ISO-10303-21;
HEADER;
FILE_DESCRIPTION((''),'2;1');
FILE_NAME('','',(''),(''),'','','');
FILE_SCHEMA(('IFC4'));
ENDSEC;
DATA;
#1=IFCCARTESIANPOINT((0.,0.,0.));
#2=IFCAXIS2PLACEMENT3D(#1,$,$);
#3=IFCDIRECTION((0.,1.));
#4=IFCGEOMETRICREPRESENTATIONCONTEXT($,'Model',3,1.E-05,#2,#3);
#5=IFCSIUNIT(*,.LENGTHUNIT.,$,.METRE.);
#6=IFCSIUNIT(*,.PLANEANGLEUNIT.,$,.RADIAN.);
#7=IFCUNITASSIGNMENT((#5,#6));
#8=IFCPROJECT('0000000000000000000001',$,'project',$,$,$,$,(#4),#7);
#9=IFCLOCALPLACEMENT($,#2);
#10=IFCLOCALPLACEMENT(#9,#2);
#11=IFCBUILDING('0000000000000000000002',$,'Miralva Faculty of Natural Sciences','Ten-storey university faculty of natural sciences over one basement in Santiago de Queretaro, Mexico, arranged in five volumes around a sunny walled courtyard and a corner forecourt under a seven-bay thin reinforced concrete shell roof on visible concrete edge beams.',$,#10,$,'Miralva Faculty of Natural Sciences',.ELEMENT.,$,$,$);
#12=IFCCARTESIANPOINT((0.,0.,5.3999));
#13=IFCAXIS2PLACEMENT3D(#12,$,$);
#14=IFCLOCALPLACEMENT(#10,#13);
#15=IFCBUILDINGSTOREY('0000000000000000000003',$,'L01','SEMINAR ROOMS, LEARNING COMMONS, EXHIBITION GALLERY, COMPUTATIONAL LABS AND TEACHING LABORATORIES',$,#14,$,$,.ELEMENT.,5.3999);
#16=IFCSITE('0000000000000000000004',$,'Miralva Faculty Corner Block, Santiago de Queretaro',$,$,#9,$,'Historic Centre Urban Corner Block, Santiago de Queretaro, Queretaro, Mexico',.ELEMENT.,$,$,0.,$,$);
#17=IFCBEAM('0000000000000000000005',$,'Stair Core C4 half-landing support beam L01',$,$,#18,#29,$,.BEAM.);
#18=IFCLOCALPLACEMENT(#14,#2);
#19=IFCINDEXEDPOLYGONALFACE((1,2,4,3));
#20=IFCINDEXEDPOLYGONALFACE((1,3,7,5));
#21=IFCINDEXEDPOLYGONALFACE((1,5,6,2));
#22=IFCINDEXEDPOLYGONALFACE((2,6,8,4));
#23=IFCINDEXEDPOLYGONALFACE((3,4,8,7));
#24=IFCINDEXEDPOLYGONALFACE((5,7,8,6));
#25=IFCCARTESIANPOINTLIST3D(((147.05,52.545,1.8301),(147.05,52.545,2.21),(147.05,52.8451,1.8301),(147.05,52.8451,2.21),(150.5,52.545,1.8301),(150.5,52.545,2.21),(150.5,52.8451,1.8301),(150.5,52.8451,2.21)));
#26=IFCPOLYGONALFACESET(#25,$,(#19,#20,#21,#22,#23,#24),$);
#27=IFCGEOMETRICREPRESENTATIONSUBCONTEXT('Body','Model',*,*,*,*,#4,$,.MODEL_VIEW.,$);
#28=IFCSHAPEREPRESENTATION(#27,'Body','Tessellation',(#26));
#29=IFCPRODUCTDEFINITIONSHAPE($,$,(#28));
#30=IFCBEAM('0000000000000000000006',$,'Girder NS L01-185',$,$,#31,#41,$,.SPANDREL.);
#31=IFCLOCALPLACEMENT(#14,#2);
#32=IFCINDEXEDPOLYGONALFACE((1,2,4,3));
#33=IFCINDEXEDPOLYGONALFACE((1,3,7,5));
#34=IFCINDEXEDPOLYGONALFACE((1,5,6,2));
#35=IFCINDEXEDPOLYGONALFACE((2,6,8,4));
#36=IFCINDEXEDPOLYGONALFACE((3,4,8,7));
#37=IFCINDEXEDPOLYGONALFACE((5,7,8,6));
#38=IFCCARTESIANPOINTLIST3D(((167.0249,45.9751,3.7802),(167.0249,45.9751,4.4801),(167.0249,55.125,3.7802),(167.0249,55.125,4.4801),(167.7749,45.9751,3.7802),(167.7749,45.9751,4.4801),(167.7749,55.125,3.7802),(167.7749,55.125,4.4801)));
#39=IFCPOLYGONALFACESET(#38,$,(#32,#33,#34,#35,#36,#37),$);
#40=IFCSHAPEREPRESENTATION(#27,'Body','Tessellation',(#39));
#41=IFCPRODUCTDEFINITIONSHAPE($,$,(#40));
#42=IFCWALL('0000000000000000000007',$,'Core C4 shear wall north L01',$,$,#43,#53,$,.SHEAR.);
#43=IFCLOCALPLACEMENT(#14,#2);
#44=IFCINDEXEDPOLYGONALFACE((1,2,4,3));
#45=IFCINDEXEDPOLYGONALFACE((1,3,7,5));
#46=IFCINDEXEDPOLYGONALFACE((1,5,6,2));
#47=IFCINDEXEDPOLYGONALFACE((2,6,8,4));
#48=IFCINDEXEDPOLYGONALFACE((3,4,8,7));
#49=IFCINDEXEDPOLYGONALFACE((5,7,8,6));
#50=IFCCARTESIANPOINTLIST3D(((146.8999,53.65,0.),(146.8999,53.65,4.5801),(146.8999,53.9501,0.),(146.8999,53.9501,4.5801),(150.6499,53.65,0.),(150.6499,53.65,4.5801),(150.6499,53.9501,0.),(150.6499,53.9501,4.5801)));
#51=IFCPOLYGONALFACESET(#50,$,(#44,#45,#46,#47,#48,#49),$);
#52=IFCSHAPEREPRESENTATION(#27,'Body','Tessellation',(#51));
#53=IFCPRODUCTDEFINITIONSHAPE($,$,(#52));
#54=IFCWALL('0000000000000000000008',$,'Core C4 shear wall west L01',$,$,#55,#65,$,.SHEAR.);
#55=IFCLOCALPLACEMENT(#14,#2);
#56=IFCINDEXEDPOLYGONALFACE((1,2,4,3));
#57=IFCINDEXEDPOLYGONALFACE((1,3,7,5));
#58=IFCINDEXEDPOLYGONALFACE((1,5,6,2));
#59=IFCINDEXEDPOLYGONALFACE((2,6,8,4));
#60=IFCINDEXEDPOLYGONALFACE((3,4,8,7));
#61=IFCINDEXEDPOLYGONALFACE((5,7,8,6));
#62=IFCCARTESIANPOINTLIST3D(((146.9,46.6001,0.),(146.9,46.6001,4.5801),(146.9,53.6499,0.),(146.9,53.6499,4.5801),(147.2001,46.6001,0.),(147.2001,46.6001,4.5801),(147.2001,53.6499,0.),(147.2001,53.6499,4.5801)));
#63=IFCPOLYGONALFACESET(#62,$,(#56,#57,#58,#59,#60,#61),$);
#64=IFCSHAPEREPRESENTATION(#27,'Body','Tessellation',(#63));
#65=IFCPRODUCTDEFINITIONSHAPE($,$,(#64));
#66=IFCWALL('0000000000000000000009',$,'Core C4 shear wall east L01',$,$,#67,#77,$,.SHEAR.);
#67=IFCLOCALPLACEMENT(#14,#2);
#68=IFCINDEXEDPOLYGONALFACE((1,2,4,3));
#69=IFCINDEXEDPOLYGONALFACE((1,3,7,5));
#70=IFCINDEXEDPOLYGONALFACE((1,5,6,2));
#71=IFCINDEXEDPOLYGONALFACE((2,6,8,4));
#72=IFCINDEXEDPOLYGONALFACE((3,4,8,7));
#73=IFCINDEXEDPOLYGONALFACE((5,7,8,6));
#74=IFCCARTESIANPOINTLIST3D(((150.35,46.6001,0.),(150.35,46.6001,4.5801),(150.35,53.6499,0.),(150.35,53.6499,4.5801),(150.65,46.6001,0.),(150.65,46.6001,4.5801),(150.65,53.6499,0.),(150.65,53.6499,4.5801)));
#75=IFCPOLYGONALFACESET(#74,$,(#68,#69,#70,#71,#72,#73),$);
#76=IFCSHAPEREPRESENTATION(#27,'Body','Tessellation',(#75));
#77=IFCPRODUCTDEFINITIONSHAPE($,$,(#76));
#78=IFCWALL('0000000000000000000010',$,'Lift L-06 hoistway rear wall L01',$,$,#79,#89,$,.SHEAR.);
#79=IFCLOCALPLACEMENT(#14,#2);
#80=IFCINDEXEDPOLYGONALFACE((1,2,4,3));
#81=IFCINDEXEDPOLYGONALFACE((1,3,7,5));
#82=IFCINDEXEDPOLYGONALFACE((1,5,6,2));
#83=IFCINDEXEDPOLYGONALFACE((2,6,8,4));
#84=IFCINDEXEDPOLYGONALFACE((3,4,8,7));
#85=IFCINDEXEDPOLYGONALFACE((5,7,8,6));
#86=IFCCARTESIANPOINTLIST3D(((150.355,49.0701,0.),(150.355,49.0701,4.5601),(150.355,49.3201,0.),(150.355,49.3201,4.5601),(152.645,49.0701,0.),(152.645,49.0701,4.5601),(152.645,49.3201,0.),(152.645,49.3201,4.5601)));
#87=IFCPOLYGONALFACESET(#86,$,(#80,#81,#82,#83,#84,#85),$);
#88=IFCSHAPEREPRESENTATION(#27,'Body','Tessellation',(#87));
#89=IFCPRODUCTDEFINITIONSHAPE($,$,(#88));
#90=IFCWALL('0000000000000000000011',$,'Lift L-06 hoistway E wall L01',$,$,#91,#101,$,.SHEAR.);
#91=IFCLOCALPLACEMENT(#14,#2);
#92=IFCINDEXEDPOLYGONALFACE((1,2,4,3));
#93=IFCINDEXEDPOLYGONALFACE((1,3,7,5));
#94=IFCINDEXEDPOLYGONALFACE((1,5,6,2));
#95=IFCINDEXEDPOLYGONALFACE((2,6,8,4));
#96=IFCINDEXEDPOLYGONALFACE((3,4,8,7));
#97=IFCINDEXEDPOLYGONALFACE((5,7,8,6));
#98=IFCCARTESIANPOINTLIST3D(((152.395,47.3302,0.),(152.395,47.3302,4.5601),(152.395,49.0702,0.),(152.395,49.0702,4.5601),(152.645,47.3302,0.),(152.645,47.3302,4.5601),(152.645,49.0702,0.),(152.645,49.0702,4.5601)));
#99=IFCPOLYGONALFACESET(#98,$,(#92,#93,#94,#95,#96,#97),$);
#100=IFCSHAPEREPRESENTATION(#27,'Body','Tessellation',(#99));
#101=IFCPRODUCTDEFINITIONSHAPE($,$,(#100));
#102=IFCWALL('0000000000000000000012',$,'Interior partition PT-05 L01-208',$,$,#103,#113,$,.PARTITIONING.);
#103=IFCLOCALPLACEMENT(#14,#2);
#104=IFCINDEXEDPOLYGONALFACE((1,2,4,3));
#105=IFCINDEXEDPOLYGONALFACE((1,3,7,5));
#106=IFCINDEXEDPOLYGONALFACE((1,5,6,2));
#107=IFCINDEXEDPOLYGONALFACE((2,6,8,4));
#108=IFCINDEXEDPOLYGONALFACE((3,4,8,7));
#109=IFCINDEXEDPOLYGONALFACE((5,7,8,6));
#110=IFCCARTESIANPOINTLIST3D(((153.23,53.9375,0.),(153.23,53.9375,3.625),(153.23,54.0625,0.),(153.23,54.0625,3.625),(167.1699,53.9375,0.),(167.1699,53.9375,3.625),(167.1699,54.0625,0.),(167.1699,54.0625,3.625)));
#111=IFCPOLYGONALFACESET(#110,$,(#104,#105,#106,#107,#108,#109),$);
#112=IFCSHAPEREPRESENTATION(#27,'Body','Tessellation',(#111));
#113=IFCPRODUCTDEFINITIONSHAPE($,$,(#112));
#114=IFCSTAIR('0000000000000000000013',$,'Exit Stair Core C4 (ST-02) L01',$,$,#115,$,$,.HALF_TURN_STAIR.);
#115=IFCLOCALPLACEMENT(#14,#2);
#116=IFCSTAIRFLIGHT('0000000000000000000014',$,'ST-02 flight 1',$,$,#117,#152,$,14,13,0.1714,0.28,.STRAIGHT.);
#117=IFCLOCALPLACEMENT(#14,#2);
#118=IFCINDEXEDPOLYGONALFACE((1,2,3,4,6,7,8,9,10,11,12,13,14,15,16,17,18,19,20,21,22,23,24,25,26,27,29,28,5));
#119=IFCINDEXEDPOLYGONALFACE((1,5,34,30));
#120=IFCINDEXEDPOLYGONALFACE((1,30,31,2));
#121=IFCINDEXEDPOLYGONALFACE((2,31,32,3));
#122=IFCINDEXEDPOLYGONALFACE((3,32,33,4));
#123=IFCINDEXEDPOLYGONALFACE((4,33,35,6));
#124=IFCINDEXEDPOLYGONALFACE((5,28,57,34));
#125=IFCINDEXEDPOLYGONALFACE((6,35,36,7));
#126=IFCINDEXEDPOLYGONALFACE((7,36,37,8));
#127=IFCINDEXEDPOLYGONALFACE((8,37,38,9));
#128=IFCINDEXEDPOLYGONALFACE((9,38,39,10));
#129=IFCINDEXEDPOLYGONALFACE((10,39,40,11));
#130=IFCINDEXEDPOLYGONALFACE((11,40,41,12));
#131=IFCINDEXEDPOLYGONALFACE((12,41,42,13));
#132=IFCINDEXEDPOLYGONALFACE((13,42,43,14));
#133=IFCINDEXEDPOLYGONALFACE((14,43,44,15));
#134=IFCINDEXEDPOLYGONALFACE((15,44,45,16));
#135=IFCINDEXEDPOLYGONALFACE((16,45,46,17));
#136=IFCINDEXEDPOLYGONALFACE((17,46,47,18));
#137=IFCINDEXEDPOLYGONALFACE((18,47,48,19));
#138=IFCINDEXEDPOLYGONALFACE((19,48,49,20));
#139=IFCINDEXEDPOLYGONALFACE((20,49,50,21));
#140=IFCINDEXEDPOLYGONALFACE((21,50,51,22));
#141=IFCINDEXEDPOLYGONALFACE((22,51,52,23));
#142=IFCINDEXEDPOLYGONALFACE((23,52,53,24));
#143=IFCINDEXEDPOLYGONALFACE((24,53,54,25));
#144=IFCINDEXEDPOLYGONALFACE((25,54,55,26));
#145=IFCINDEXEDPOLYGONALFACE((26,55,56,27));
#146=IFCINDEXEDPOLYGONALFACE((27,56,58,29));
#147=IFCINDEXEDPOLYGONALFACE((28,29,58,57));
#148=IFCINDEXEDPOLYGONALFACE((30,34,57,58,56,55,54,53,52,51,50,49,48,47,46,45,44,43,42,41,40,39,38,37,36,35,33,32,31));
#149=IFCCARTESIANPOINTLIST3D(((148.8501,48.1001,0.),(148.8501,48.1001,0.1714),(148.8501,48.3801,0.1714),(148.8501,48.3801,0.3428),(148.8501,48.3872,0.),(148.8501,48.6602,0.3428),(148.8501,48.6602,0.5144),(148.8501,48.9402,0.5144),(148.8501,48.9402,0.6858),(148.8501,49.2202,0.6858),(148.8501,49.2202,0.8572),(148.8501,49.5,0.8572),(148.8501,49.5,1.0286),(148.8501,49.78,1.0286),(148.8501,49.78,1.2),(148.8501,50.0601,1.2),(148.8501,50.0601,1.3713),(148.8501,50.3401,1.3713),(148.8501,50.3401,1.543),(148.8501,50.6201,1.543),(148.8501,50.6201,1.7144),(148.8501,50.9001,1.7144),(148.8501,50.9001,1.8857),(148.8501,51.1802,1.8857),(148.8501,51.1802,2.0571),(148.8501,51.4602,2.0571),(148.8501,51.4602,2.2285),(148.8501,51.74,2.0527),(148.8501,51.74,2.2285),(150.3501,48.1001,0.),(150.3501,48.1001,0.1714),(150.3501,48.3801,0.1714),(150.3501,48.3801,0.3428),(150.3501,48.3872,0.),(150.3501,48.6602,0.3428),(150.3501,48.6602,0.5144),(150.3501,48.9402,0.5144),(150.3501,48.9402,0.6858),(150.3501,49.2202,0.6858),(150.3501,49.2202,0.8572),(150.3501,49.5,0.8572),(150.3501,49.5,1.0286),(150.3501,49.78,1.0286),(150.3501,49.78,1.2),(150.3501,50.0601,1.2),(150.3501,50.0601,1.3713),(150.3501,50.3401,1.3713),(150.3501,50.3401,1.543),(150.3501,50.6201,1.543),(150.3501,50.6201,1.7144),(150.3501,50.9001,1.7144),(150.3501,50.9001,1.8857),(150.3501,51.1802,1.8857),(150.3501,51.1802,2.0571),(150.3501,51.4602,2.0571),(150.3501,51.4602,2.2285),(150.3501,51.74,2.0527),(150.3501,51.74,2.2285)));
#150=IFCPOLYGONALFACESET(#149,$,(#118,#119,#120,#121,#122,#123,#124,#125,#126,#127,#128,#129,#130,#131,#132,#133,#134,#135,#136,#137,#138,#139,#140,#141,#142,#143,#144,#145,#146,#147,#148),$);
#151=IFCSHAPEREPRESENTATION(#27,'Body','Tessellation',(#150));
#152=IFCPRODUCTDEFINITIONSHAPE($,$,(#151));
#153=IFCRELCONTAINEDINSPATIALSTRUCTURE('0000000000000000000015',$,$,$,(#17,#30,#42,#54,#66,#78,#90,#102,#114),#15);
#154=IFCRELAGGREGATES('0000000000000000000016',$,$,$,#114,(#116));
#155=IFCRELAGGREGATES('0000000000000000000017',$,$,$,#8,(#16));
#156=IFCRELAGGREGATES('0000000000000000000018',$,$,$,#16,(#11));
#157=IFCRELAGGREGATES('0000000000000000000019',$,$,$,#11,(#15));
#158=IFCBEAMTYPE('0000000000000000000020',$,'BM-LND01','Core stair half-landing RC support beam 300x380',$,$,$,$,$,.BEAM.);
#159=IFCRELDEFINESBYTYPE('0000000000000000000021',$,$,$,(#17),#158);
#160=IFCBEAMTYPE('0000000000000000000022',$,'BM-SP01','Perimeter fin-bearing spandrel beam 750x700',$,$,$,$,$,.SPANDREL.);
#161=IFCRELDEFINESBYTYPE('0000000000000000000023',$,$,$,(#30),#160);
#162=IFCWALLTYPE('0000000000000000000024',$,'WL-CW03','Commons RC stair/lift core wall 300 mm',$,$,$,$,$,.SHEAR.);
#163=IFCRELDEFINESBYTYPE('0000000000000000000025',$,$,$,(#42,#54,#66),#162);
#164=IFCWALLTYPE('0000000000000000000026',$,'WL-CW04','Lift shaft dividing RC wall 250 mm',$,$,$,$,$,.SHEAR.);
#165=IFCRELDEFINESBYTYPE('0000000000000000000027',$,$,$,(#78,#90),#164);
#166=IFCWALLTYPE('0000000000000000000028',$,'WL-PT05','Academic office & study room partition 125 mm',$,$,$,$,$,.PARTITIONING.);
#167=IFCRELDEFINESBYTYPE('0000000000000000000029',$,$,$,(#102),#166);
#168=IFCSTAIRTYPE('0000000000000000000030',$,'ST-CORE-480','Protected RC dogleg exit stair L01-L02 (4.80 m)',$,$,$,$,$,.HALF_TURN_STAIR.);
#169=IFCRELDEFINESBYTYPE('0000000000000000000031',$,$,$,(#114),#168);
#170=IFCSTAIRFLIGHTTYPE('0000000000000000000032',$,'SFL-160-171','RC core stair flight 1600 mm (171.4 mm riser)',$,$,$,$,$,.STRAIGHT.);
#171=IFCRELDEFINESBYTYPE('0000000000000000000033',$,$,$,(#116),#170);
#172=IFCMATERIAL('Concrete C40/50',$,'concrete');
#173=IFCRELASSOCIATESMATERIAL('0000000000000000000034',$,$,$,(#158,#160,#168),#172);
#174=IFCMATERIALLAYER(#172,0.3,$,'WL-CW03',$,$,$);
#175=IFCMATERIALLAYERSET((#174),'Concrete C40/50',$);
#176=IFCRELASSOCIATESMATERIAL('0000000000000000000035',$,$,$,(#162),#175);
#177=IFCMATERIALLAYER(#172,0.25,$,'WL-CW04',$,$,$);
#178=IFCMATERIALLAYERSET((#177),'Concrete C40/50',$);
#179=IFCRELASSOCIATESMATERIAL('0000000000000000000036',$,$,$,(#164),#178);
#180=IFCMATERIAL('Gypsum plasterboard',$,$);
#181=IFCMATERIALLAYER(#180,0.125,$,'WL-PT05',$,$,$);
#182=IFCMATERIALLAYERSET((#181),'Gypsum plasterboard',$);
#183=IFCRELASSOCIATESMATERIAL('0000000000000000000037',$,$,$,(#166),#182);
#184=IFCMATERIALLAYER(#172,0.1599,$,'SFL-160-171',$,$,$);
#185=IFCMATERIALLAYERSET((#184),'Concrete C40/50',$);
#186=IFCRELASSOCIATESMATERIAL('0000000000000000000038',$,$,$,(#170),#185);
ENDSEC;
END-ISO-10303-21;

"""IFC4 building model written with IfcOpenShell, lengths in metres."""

from ifc_helpers import new_model, si_unit, direction, frame, frame_2d, origin, origin_2d, place, context, subcontext, project, spatial, polyline, rectangle, outline, extrude, material, layer, layer_set, material_profile, profile_set, type_object, element, aggregate, save


model = new_model("IFC4")

# Units and contexts
model_context = context("Model", 3, precision=1e-05, world=origin(), true_north=direction((0.0, 1.0)))
body_context = subcontext(model_context, "Body", "Model", "MODEL_VIEW")
ifc_project = project(units=[si_unit("LENGTHUNIT", "METRE"), si_unit("PLANEANGLEUNIT", "RADIAN")], contexts=[model_context])

# Site, building, storey
site_placement = place(None, origin())
site = spatial("IfcSite", under=ifc_project, at=site_placement, Name="Miralva Faculty Corner Block, Santiago de Queretaro", LongName="Historic Centre Urban Corner Block, Santiago de Queretaro, Queretaro, Mexico", CompositionType="ELEMENT", RefElevation=0.0)
building_placement = place(site_placement, origin())
building = spatial("IfcBuilding", under=site, at=building_placement, Name="Miralva Faculty of Natural Sciences", Description="Ten-storey university faculty of natural sciences over one basement in Santiago de Queretaro, Mexico, arranged in five volumes around a sunny walled courtyard and a corner forecourt under a seven-bay thin reinforced concrete shell roof on visible concrete edge beams.", LongName="Miralva Faculty of Natural Sciences", CompositionType="ELEMENT")
storey_placement = place(building_placement, frame((0.0, 0.0, 5.3999)))
storey = spatial("IfcBuildingStorey", under=building, at=storey_placement, Name="L01", Description="SEMINAR ROOMS, LEARNING COMMONS, EXHIBITION GALLERY, COMPUTATIONAL LABS AND TEACHING LABORATORIES", CompositionType="ELEMENT", Elevation=5.3999)

# Beams
ifc_material_1 = material(Name="Concrete C40/50", Category="concrete")
ifc_material_profile_1 = material_profile(ifc_material_1, rectangle(XDim=0.3, YDim=0.3799, at=origin_2d()), Name="RC 300x380")
ifc_profile_set_1 = profile_set([ifc_material_profile_1], Name="Concrete C40/50")
beam_type_1 = type_object("IfcBeamType", Name="BM-LND01", Description="Core stair half-landing RC support beam 300x380", PredefinedType="BEAM", material=ifc_profile_set_1)
beam_1_placement = place(storey_placement, frame((147.05, 52.6951, 2.02), z_axis=(1.0, 0.0, 0.0), x_axis=(0.0, 1.0, 0.0)))
element("IfcBeam", 1, at=beam_1_placement, inside=storey, type_object=beam_type_1, Name="Stair Core C4 half-landing support beam L01", PredefinedType="BEAM", context=body_context, shape_type="SweptSolid", body=[
    extrude(rectangle(XDim=0.3, YDim=0.3799, at=origin_2d()), origin(), (0.0, 0.0, 1.0), 3.45),
])
ifc_material_profile_2 = material_profile(ifc_material_1, rectangle(XDim=0.75, YDim=0.7, at=origin_2d()), Name="RC 750x700")
ifc_profile_set_2 = profile_set([ifc_material_profile_2], Name="Concrete C40/50")
beam_type_2 = type_object("IfcBeamType", Name="BM-SP01", Description="Perimeter fin-bearing spandrel beam 750x700", PredefinedType="SPANDREL", material=ifc_profile_set_2)
beam_2_placement = place(storey_placement, frame((167.3999, 45.9751, 4.1301), z_axis=(0.0, 1.0, 0.0), x_axis=(-1.0, 0.0, 0.0)))
element("IfcBeam", 2, at=beam_2_placement, inside=storey, type_object=beam_type_2, Name="Girder NS L01-185", PredefinedType="SPANDREL", context=body_context, shape_type="SweptSolid", body=[
    extrude(rectangle(XDim=0.75, YDim=0.7, at=origin_2d()), origin(), (0.0, 0.0, 1.0), 9.1499),
])

# Walls
ifc_layer_1 = layer(ifc_material_1, 0.3, Name="WL-CW03")
ifc_layer_set_1 = layer_set([ifc_layer_1], Name="Concrete C40/50")
wall_type_1 = type_object("IfcWallType", Name="WL-CW03", Description="Commons RC stair/lift core wall 300 mm", PredefinedType="SHEAR", material=ifc_layer_set_1)
wall_1_placement = place(storey_placement, frame((146.8999, 53.8, 0.0), z_axis=(0.0, 0.0, 1.0), x_axis=(1.0, 0.0, 0.0)))
element("IfcWall", 3, at=wall_1_placement, inside=storey, type_object=wall_type_1, Name="Core C4 shear wall north L01", PredefinedType="SHEAR", context=body_context, shape_type="SweptSolid", body=[
    extrude(rectangle(XDim=3.75, YDim=0.3, at=frame_2d((1.875, 0.0))), origin(), (0.0, 0.0, 1.0), 4.5801),
])
for number, where, z_axis, x_axis, name in (
    (4, (147.05, 46.6001, 0.0), (0.0, 0.0, 1.0), (0.0, 1.0, 0.0), "Core C4 shear wall west L01"),
    (5, (150.5, 46.6001, 0.0), (0.0, 0.0, 1.0), (0.0, 1.0, 0.0), "Core C4 shear wall east L01"),
):
    element("IfcWall", number, at=place(storey_placement, frame(where, z_axis=z_axis, x_axis=x_axis)), inside=storey, type_object=wall_type_1, Name=name, PredefinedType="SHEAR", context=body_context, shape_type="SweptSolid", body=[
        extrude(rectangle(XDim=7.0498, YDim=0.3, at=frame_2d((3.5249, 0.0))), origin(), (0.0, 0.0, 1.0), 4.5801),
    ])

# Shared definitions
ifc_layer_2 = layer(ifc_material_1, 0.25, Name="WL-CW04")
ifc_layer_set_2 = layer_set([ifc_layer_2], Name="Concrete C40/50")
wall_type_2 = type_object("IfcWallType", Name="WL-CW04", Description="Lift shaft dividing RC wall 250 mm", PredefinedType="SHEAR", material=ifc_layer_set_2)

# Walls
wall_2_placement = place(storey_placement, frame((150.355, 49.1951, 0.0), z_axis=(0.0, 0.0, 1.0), x_axis=(1.0, 0.0, 0.0)))
element("IfcWall", 6, at=wall_2_placement, inside=storey, type_object=wall_type_2, Name="Lift L-06 hoistway rear wall L01", PredefinedType="SHEAR", context=body_context, shape_type="SweptSolid", body=[
    extrude(rectangle(XDim=2.29, YDim=0.25, at=frame_2d((1.145, 0.0))), origin(), (0.0, 0.0, 1.0), 4.5601),
])
wall_3_placement = place(storey_placement, frame((152.52, 47.3301, 0.0), z_axis=(0.0, 0.0, 1.0), x_axis=(0.0, 1.0, 0.0)))
element("IfcWall", 7, at=wall_3_placement, inside=storey, type_object=wall_type_2, Name="Lift L-06 hoistway E wall L01", PredefinedType="SHEAR", context=body_context, shape_type="SweptSolid", body=[
    extrude(rectangle(XDim=1.74, YDim=0.25, at=frame_2d((0.8701, 0.0))), origin(), (0.0, 0.0, 1.0), 4.5601),
])
ifc_material_2 = material(Name="Gypsum plasterboard")
ifc_layer_3 = layer(ifc_material_2, 0.125, Name="WL-PT05")
ifc_layer_set_3 = layer_set([ifc_layer_3], Name="Gypsum plasterboard")
wall_type_3 = type_object("IfcWallType", Name="WL-PT05", Description="Academic office & study room partition 125 mm", PredefinedType="PARTITIONING", material=ifc_layer_set_3)
wall_4_placement = place(storey_placement, frame((153.23, 54.0, 0.0), z_axis=(0.0, 0.0, 1.0), x_axis=(1.0, 0.0, 0.0)))
element("IfcWall", 8, at=wall_4_placement, inside=storey, type_object=wall_type_3, Name="Interior partition PT-05 L01-208", PredefinedType="PARTITIONING", context=body_context, shape_type="SweptSolid", body=[
    extrude(rectangle(XDim=13.9399, YDim=0.125, at=frame_2d((6.97, 0.0))), origin(), (0.0, 0.0, 1.0), 3.625),
])

# Stair, stair flight
stair_type = type_object("IfcStairType", Name="ST-CORE-480", Description="Protected RC dogleg exit stair L01-L02 (4.80 m)", PredefinedType="HALF_TURN_STAIR", material=ifc_material_1)
stair_placement = place(storey_placement, origin())
stair = element("IfcStair", 9, at=stair_placement, inside=storey, type_object=stair_type, Name="Exit Stair Core C4 (ST-02) L01", PredefinedType="HALF_TURN_STAIR")
ifc_layer_4 = layer(ifc_material_1, 0.1599, Name="SFL-160-171")
ifc_layer_set_4 = layer_set([ifc_layer_4], Name="Concrete C40/50")
stair_flight_type = type_object("IfcStairFlightType", Name="SFL-160-171", Description="RC core stair flight 1600 mm (171.4 mm riser)", PredefinedType="STRAIGHT", material=ifc_layer_set_4)
stair_flight_1_placement = place(storey_placement, frame((149.6001, 48.1001, 0.0), z_axis=(0.0, 0.0, 1.0), x_axis=(0.0, 1.0, 0.0)))
stair_flight_1 = element("IfcStairFlight", 10, at=stair_flight_1_placement, type_object=stair_flight_type, Name="ST-02 flight 1", NumberOfRisers=14, NumberOfTreads=13, PredefinedType="STRAIGHT", RiserHeight=0.1714, TreadLength=0.28, context=body_context, shape_type="SweptSolid", body=[
    extrude(outline(polyline([(0.0, 0.0), (0.0, 0.1714), (0.28, 0.1714), (0.28, 0.3428), (0.5601, 0.3428), (0.5601, 0.5144), (0.8401, 0.5144), (0.8401, 0.6858), (1.1201, 0.6858), (1.1201, 0.8572), (1.3999, 0.8572), (1.3999, 1.0286), (1.6799, 1.0286), (1.6799, 1.2), (1.96, 1.2), (1.96, 1.3713), (2.24, 1.3713), (2.24, 1.543), (2.52, 1.543), (2.52, 1.7144), (2.8, 1.7144), (2.8, 1.8857), (3.0801, 1.8857), (3.0801, 2.0571), (3.3601, 2.0571), (3.3601, 2.2285), (3.6399, 2.2285), (3.6399, 2.3999), (3.6399, 2.0527), (0.2871, 0.0), (0.0, 0.0)])), frame((0.0, 0.75, 0.0), z_axis=(0.0, -1.0, 0.0), x_axis=(1.0, 0.0, 0.0)), (0.0, 0.0, 1.0), 1.5),
])
aggregate(stair, [stair_flight_1])

save(model, "model.ifc")
